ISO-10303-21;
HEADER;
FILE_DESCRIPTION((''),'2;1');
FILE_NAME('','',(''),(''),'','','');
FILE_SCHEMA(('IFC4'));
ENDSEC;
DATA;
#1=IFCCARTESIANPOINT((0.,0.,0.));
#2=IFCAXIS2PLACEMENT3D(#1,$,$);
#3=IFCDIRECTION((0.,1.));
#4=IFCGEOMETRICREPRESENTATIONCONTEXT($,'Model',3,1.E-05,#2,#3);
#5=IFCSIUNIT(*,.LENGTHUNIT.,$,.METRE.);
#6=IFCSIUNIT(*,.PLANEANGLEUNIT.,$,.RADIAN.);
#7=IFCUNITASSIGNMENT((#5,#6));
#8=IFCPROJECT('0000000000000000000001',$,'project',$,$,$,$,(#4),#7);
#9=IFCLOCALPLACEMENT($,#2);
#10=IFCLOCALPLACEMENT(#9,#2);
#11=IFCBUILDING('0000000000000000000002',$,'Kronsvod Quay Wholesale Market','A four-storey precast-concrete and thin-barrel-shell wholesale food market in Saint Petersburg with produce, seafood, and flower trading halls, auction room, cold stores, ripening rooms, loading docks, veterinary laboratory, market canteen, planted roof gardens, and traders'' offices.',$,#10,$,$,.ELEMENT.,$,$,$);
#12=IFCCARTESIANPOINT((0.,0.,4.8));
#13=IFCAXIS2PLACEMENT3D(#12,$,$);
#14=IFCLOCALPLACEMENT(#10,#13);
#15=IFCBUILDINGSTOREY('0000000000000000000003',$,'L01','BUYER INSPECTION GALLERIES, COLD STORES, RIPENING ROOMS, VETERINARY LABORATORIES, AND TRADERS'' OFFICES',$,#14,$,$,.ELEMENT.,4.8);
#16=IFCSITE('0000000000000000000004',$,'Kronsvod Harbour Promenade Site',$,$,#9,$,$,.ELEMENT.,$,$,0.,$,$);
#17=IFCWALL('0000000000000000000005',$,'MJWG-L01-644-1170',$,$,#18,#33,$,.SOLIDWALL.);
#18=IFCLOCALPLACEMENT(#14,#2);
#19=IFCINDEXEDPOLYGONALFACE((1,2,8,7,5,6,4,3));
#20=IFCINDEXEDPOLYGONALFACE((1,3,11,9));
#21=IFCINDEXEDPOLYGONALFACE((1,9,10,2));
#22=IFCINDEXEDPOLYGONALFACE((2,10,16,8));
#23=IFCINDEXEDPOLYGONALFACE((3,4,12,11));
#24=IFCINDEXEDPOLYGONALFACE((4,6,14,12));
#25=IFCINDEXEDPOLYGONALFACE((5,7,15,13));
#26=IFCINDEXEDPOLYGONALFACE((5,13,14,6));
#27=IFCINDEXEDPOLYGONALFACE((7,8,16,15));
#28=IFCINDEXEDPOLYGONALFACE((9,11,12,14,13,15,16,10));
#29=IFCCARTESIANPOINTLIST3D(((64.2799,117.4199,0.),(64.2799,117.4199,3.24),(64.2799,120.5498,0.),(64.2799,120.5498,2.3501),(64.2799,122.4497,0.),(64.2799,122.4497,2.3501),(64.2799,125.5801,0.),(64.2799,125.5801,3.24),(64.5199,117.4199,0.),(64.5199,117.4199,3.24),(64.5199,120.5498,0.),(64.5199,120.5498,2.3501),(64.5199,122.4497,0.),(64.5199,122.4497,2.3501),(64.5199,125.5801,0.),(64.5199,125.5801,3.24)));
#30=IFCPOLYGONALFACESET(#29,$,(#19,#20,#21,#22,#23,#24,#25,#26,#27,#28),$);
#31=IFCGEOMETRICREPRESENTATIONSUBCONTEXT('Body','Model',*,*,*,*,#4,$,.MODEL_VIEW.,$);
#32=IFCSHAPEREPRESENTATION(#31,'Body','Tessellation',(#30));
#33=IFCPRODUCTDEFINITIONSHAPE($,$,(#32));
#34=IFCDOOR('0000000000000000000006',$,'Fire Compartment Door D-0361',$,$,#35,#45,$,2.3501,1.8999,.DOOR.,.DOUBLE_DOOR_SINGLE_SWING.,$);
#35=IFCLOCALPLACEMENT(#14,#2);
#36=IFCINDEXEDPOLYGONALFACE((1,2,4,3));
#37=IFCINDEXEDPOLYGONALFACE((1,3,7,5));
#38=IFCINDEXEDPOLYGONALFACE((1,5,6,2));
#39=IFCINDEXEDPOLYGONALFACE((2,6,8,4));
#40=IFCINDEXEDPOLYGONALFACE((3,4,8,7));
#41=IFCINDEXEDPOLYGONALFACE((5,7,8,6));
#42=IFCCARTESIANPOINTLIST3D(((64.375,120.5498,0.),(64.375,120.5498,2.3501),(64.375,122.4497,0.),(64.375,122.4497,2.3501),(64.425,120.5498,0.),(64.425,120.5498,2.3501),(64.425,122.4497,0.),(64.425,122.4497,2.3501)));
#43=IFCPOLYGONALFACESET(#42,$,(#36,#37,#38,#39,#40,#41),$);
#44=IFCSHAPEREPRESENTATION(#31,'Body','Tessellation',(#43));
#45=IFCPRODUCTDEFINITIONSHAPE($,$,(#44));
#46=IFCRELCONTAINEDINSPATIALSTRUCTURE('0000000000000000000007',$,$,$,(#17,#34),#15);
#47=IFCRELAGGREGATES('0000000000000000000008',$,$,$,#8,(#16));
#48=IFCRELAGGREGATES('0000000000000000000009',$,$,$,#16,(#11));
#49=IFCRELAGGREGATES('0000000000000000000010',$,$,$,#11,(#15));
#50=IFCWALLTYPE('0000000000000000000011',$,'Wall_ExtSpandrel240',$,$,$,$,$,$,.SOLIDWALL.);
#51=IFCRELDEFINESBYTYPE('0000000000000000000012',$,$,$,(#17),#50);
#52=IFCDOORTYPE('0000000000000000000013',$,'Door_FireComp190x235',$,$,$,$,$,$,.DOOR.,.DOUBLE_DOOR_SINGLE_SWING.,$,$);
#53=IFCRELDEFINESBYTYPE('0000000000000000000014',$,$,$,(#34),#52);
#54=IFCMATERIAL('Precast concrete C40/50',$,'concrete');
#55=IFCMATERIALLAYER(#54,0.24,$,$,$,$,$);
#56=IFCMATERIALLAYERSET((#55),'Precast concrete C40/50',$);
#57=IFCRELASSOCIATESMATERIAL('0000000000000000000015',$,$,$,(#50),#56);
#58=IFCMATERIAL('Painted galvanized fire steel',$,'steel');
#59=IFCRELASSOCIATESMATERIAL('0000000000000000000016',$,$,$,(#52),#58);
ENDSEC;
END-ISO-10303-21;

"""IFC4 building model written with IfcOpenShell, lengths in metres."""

from ifc_helpers import new_model, si_unit, direction, frame, frame_2d, origin, place, context, subcontext, project, spatial, rectangle, extrude, material, layer, layer_set, type_object, element, fill, save


model = new_model("IFC4")

# Units and contexts
model_context = context("Model", 3, precision=1e-05, world=origin(), true_north=direction((0.0, 1.0)))
body_context = subcontext(model_context, "Body", "Model", "MODEL_VIEW")
ifc_project = project(units=[si_unit("LENGTHUNIT", "METRE"), si_unit("PLANEANGLEUNIT", "RADIAN")], contexts=[model_context])

# Site, building, storey
site_placement = place(None, origin())
site = spatial("IfcSite", under=ifc_project, at=site_placement, Name="Kronsvod Harbour Promenade Site", CompositionType="ELEMENT", RefElevation=0.0)
building_placement = place(site_placement, origin())
building = spatial("IfcBuilding", under=site, at=building_placement, Name="Kronsvod Quay Wholesale Market", Description="A four-storey precast-concrete and thin-barrel-shell wholesale food market in Saint Petersburg with produce, seafood, and flower trading halls, auction room, cold stores, ripening rooms, loading docks, veterinary laboratory, market canteen, planted roof gardens, and traders' offices.", CompositionType="ELEMENT")
storey_placement = place(building_placement, frame((0.0, 0.0, 4.8)))
storey = spatial("IfcBuildingStorey", under=building, at=storey_placement, Name="L01", Description="BUYER INSPECTION GALLERIES, COLD STORES, RIPENING ROOMS, VETERINARY LABORATORIES, AND TRADERS' OFFICES", CompositionType="ELEMENT", Elevation=4.8)

# Wall, opening, door
ifc_material_1 = material(Name="Precast concrete C40/50", Category="concrete")
ifc_layer_1 = layer(ifc_material_1, 0.24)
ifc_layer_set_1 = layer_set([ifc_layer_1], Name="Precast concrete C40/50")
wall_type = type_object("IfcWallType", Name="Wall_ExtSpandrel240", PredefinedType="SOLIDWALL", material=ifc_layer_set_1)
ifc_material_2 = material(Name="Painted galvanized fire steel", Category="steel")
door_type = type_object("IfcDoorType", Name="Door_FireComp190x235", OperationType="DOUBLE_DOOR_SINGLE_SWING", PredefinedType="DOOR", material=ifc_material_2)
wall_1_placement = place(storey_placement, frame((64.3999, 117.4199, 0.0), z_axis=(0.0, 0.0, 1.0), x_axis=(0.0, 1.0, 0.0)))
wall_1 = element("IfcWall", 1, at=wall_1_placement, inside=storey, type_object=wall_type, Name="MJWG-L01-644-1170", PredefinedType="SOLIDWALL", context=body_context, shape_type="SweptSolid", body=[
    extrude(rectangle(XDim=8.1602, YDim=0.24, at=frame_2d((4.0801, 0.0))), origin(), (0.0, 0.0, 1.0), 3.24),
])
opening_1_placement = place(wall_1_placement, frame((3.1299, 0.0, 0.0)))
opening_1 = element("IfcOpeningElement", 2, at=opening_1_placement, cuts=wall_1, PredefinedType="OPENING", context=body_context, shape_type="SweptSolid", body=[
    extrude(rectangle(XDim=1.8999, YDim=2.3501, at=frame_2d((0.95, 1.175))), frame((0.0, 0.1299, 0.0), z_axis=(0.0, -1.0, 0.0), x_axis=(1.0, 0.0, 0.0)), (0.0, 0.0, 1.0), 0.26),
])
door_1_placement = place(opening_1_placement, origin())
door_1 = element("IfcDoor", 3, at=door_1_placement, inside=storey, type_object=door_type, Name="Fire Compartment Door D-0361", OperationType="DOUBLE_DOOR_SINGLE_SWING", OverallHeight=2.3501, OverallWidth=1.8999, PredefinedType="DOOR", context=body_context, shape_type="SweptSolid", body=[
    extrude(rectangle(XDim=1.8999, YDim=2.3501, at=frame_2d((0.95, 1.175))), frame((0.0, 0.0249, 0.0), z_axis=(0.0, -1.0, 0.0), x_axis=(1.0, 0.0, 0.0)), (0.0, 0.0, 1.0), 0.05),
])
fill(opening_1, door_1)

save(model, "model.ifc")
